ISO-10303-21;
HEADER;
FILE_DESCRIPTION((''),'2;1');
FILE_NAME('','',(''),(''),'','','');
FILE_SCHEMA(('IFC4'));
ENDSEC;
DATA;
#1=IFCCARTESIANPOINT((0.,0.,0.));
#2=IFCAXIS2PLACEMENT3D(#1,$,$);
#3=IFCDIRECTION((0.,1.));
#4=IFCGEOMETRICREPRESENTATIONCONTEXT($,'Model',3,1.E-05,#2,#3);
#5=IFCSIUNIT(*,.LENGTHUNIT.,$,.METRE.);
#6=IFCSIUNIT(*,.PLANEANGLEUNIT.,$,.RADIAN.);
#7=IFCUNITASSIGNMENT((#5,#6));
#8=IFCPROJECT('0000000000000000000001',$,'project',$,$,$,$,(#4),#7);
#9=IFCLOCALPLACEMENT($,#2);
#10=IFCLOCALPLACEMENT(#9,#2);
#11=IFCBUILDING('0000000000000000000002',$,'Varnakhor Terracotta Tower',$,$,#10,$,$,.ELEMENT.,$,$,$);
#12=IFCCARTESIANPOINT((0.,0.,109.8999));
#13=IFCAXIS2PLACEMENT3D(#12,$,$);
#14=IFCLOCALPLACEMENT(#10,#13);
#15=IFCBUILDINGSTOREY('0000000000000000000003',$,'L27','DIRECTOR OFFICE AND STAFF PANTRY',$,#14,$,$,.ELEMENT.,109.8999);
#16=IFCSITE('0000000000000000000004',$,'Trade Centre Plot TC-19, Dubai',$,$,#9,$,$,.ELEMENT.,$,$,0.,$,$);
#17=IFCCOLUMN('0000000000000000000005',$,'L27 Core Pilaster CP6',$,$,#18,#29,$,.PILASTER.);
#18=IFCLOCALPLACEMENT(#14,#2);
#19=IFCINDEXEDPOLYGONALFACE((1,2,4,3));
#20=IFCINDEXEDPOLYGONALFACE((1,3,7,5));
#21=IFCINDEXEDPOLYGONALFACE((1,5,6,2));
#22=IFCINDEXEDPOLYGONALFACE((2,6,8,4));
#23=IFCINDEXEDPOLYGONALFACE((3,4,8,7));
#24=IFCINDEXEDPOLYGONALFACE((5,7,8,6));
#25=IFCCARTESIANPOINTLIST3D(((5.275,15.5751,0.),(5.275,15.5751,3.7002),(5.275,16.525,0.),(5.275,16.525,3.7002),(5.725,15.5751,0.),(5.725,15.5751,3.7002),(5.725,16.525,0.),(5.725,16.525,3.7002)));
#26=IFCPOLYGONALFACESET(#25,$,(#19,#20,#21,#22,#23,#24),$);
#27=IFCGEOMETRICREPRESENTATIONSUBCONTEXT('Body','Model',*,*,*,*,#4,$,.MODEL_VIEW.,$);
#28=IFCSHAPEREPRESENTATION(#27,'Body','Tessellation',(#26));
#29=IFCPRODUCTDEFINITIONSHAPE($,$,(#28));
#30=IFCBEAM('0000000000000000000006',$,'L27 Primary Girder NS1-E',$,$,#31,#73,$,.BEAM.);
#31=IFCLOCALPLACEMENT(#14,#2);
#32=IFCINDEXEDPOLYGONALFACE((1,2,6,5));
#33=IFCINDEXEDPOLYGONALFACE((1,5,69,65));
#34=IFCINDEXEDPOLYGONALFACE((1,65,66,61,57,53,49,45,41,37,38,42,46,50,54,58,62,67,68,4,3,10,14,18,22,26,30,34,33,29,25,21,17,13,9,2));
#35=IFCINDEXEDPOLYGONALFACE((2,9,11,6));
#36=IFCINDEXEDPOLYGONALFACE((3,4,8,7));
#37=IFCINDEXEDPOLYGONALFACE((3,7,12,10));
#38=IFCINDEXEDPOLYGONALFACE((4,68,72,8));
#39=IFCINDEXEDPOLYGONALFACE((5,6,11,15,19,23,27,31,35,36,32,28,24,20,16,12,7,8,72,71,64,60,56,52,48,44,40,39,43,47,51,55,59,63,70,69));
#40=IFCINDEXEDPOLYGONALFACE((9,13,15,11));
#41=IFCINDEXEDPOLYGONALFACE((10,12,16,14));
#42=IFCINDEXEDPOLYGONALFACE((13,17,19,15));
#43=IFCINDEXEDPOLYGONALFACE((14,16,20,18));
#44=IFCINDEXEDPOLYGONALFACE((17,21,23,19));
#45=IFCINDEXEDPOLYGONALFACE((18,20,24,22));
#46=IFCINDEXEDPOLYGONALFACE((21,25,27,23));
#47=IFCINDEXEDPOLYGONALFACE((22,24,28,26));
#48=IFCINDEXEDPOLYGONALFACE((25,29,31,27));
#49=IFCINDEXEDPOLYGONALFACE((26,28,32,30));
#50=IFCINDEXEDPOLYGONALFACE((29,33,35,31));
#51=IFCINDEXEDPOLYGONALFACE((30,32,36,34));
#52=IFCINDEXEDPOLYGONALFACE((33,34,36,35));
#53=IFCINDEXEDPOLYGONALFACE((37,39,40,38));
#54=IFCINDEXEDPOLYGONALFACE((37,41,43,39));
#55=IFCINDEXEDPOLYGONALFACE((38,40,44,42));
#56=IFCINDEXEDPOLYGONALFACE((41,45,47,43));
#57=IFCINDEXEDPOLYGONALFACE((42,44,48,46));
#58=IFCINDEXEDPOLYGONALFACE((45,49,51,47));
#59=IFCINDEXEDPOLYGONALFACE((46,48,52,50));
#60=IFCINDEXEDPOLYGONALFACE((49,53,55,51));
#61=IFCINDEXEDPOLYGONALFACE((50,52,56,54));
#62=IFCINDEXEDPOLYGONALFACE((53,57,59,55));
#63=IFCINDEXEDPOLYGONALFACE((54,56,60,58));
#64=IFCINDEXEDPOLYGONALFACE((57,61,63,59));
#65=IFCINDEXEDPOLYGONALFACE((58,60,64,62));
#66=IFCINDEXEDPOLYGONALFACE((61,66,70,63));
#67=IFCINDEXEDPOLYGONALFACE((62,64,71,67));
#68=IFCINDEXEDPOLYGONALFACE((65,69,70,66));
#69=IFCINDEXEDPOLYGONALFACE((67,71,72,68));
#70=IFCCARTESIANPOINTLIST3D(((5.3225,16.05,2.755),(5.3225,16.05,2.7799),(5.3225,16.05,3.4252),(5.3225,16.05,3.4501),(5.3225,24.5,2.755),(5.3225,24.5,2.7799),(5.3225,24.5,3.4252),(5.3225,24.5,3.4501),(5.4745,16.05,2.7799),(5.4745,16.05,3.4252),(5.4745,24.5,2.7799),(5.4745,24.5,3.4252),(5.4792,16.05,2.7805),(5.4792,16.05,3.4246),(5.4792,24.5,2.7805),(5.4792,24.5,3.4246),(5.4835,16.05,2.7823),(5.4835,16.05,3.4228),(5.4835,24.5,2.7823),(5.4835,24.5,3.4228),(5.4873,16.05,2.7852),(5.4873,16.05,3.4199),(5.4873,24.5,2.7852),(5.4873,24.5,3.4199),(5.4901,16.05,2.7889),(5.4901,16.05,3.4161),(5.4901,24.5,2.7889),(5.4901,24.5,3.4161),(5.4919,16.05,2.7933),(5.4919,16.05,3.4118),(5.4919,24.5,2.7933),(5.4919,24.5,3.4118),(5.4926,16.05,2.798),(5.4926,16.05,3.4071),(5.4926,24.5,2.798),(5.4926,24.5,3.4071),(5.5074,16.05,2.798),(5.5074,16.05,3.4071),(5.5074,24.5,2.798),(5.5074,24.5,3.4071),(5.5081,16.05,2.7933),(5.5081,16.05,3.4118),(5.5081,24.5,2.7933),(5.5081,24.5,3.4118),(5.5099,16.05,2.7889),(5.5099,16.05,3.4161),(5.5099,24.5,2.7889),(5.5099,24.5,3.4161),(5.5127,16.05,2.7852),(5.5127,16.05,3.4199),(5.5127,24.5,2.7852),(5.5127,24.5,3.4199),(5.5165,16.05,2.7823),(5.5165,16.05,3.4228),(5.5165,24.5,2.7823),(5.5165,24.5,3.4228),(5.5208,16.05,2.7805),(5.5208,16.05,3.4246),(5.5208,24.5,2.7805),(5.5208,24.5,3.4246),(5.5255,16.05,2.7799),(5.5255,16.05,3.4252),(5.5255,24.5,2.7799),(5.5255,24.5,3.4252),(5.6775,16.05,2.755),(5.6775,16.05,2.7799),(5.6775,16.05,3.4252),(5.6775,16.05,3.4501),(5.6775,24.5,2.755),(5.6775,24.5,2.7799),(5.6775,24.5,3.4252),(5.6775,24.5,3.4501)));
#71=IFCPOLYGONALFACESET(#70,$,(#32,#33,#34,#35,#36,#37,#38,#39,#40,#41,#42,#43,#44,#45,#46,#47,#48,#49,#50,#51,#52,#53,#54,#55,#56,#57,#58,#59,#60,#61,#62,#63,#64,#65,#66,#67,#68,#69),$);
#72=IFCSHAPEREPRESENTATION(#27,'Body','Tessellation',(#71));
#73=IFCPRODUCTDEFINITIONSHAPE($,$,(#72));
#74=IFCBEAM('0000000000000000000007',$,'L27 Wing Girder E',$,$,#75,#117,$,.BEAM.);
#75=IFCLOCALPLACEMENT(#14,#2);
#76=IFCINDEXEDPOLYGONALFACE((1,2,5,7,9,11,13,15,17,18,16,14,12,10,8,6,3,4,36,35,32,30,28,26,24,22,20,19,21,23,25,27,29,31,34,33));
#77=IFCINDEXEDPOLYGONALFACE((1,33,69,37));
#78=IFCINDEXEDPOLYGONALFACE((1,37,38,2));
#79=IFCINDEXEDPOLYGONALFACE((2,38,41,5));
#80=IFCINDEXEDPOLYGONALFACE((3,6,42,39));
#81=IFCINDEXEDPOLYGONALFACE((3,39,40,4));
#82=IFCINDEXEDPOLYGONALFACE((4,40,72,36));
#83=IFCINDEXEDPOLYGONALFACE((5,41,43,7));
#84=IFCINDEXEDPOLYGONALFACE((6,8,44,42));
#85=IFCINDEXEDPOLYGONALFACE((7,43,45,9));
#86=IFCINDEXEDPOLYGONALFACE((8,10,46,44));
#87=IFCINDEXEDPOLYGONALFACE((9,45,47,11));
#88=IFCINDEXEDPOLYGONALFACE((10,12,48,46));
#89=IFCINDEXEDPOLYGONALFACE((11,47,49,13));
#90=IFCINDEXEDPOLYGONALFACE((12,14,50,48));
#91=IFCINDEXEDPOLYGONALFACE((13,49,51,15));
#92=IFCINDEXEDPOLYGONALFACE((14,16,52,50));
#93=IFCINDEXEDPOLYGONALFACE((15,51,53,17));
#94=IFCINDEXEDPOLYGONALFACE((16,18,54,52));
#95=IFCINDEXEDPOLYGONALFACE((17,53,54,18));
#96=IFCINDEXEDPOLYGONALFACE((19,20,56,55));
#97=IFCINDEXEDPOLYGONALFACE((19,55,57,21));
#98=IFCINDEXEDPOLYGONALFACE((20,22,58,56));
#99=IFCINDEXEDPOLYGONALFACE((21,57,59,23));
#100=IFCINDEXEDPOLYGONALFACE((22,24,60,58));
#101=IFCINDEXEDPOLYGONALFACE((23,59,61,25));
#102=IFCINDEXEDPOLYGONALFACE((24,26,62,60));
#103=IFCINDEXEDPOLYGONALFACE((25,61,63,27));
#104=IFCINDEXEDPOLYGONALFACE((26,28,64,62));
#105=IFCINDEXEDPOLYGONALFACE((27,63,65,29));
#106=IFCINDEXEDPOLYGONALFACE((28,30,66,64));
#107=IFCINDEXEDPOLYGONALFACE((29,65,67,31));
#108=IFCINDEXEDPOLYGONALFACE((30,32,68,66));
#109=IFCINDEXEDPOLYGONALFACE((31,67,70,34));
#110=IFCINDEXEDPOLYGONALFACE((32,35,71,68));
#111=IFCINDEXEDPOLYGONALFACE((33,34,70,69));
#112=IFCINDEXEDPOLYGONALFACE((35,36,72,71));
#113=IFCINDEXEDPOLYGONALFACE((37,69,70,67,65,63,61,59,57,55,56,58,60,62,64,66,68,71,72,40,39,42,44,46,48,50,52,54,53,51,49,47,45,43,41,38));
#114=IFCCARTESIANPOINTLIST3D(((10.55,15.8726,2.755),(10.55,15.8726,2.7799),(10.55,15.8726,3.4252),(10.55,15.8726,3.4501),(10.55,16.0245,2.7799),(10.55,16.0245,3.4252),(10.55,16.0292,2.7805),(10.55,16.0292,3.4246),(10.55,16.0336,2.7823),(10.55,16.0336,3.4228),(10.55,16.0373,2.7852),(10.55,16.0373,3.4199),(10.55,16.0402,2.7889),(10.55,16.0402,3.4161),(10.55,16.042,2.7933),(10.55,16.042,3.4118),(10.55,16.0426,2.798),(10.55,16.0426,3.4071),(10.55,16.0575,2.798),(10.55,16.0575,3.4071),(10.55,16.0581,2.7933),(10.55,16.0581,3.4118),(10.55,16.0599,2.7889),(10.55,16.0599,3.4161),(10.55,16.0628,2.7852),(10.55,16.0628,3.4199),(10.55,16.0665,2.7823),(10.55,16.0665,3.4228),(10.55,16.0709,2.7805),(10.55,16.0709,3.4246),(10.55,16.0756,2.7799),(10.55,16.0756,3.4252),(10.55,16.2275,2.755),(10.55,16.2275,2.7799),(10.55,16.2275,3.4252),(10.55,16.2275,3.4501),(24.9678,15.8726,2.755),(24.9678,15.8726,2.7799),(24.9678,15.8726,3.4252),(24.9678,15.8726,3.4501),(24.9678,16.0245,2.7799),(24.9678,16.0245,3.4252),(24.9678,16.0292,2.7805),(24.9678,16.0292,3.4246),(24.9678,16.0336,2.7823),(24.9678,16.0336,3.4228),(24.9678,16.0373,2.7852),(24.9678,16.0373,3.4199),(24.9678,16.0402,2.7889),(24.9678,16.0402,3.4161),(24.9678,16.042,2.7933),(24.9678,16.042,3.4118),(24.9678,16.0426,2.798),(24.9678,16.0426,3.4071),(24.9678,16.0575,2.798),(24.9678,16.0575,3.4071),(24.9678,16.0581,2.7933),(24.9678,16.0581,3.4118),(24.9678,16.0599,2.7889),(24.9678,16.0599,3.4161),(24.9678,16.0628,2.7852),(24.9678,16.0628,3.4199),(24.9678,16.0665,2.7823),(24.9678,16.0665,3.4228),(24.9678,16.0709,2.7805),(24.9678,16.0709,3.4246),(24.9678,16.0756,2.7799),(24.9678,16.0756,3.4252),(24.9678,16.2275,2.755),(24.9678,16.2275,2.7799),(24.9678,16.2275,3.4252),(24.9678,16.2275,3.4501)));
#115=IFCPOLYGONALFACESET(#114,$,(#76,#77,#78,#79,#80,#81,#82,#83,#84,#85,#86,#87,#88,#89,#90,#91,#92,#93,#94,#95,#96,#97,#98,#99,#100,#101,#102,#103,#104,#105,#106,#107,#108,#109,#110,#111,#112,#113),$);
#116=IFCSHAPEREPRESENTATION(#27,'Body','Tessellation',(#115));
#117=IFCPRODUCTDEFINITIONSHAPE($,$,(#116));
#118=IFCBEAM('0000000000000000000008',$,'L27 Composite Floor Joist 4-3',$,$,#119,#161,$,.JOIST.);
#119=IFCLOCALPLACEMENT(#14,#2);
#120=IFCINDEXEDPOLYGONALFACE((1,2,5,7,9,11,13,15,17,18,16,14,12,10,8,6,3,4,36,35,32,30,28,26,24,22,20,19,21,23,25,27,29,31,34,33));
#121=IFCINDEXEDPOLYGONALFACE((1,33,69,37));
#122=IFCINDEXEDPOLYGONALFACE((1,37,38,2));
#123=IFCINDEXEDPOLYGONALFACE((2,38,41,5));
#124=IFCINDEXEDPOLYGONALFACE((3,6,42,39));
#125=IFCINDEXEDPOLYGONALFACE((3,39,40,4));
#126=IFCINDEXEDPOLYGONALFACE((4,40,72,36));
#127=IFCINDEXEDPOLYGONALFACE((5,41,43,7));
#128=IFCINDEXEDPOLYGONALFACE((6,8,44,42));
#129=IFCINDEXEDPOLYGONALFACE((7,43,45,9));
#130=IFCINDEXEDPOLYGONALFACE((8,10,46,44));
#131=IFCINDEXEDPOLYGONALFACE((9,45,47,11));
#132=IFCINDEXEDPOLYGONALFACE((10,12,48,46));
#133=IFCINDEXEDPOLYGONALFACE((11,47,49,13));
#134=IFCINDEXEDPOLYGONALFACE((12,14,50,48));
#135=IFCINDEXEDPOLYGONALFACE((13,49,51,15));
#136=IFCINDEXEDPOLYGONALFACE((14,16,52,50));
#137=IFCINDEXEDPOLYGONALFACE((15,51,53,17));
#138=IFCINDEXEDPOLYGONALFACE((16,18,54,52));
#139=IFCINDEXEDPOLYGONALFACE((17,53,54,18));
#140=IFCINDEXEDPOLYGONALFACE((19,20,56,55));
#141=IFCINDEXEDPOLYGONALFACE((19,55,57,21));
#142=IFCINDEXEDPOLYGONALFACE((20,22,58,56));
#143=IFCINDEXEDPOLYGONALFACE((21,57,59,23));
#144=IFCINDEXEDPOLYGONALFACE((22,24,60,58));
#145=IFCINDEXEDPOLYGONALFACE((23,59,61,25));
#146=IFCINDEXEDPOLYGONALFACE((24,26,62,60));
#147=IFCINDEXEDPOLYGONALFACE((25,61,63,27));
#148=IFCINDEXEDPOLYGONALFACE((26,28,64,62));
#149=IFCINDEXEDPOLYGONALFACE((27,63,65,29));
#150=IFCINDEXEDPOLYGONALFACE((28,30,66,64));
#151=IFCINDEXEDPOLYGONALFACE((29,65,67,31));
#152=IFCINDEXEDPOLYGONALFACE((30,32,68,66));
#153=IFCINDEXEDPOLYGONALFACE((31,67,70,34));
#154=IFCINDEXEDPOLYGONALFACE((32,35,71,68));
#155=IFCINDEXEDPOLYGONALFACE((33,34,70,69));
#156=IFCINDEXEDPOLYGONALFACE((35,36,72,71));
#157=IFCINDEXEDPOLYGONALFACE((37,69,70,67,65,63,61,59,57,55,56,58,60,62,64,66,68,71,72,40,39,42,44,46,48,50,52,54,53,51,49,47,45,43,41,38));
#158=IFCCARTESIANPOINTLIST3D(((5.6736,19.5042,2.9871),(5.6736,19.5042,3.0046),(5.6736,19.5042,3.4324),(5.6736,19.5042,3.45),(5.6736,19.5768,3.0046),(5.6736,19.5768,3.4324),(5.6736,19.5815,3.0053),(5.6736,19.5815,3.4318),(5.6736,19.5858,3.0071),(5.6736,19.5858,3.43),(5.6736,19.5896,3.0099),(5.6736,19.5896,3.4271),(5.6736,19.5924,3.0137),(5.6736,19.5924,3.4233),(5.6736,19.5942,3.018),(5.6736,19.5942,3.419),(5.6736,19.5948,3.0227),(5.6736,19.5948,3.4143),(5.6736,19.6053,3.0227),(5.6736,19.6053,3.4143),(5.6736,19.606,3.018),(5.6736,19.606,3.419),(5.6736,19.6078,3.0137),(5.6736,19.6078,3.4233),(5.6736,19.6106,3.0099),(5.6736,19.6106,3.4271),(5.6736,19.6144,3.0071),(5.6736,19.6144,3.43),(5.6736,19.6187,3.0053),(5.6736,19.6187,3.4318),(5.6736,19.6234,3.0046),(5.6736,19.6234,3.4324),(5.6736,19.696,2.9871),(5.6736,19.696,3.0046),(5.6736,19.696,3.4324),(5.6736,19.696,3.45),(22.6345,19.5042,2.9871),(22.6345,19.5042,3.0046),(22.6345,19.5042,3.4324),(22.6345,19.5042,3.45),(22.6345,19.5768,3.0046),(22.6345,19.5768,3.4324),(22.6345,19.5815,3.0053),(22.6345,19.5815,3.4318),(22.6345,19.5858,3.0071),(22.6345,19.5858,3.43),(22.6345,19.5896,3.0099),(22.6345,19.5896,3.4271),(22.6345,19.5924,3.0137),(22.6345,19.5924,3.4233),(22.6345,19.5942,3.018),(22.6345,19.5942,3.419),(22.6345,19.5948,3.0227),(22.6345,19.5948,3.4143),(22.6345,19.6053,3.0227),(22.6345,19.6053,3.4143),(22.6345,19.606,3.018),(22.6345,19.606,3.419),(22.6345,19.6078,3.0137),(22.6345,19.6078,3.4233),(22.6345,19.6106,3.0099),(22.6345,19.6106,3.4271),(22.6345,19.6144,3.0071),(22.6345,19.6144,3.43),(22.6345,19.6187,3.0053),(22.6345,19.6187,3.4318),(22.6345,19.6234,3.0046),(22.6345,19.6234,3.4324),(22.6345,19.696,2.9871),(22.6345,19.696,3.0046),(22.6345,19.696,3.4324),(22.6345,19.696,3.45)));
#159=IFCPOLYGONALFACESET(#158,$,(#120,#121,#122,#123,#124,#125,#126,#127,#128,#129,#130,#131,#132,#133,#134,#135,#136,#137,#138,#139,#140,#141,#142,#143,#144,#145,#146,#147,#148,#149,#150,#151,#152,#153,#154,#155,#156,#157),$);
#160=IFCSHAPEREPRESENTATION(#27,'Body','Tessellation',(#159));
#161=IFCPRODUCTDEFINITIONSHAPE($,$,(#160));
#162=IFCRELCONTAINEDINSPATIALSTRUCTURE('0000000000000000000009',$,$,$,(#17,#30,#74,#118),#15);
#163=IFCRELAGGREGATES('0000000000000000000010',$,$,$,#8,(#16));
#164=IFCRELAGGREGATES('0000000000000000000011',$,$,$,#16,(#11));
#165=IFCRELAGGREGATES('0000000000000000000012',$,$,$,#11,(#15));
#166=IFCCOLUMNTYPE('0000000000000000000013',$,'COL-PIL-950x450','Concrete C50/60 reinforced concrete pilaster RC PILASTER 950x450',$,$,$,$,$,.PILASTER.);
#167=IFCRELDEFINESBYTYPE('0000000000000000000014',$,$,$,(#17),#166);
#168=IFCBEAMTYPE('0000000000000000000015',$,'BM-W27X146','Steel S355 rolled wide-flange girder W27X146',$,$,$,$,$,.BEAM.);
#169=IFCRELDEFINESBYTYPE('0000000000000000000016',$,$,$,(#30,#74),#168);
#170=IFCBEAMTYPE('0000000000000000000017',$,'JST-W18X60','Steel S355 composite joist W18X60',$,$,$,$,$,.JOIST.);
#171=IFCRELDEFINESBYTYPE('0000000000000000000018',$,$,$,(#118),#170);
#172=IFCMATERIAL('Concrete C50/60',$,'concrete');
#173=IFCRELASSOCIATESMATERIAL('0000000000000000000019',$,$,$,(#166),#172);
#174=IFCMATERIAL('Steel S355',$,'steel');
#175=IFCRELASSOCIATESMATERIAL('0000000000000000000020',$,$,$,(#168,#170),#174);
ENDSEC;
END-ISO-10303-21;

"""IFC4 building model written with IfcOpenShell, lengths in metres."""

from ifc_helpers import new_model, si_unit, direction, frame, origin, origin_2d, place, context, subcontext, project, spatial, rectangle, i_section, extrude, source, transform, mapped, material, material_profile, profile_set, type_object, type_shapes, element, save


model = new_model("IFC4")

# Units and contexts
model_context = context("Model", 3, precision=1e-05, world=origin(), true_north=direction((0.0, 1.0)))
body_context = subcontext(model_context, "Body", "Model", "MODEL_VIEW")
ifc_project = project(units=[si_unit("LENGTHUNIT", "METRE"), si_unit("PLANEANGLEUNIT", "RADIAN")], contexts=[model_context])

# Site, building, storey
site_placement = place(None, origin())
site = spatial("IfcSite", under=ifc_project, at=site_placement, Name="Trade Centre Plot TC-19, Dubai", CompositionType="ELEMENT", RefElevation=0.0)
building_placement = place(site_placement, origin())
building = spatial("IfcBuilding", under=site, at=building_placement, Name="Varnakhor Terracotta Tower", CompositionType="ELEMENT")
storey_placement = place(building_placement, frame((0.0, 0.0, 109.8999)))
storey = spatial("IfcBuildingStorey", under=building, at=storey_placement, Name="L27", Description="DIRECTOR OFFICE AND STAFF PANTRY", CompositionType="ELEMENT", Elevation=109.8999)

# Column
ifc_material_1 = material(Name="Concrete C50/60", Category="concrete")
ifc_material_profile_1 = material_profile(ifc_material_1, rectangle(XDim=0.45, YDim=0.95, at=origin_2d()), Name="RC PILASTER 950x450")
ifc_profile_set_1 = profile_set([ifc_material_profile_1], Name="Concrete C50/60")
column_type = type_object("IfcColumnType", Name="COL-PIL-950x450", Description="Concrete C50/60 reinforced concrete pilaster RC PILASTER 950x450", PredefinedType="PILASTER", material=ifc_profile_set_1)
shared_shape_1 = source(origin(), body_context, "Body", "SweptSolid", [
    extrude(rectangle(XDim=0.45, YDim=0.95, at=origin_2d()), origin(), (0.0, 0.0, 1.0), 3.7002),
])
column_placement = place(storey_placement, frame((5.5, 16.05, 0.0), z_axis=(0.0, 0.0, 1.0), x_axis=(1.0, 0.0, 0.0)))
element("IfcColumn", 1, at=column_placement, inside=storey, type_object=column_type, Name="L27 Core Pilaster CP6", PredefinedType="PILASTER", context=body_context, shape_type="MappedRepresentation", body=[
    mapped(shared_shape_1, transform((0.0, 0.0, 0.0), scale=1.0)),
])

# Beams
ifc_material_2 = material(Name="Steel S355", Category="steel")
ifc_material_profile_2 = material_profile(ifc_material_2, i_section(OverallWidth=0.355, OverallDepth=0.6951, WebThickness=0.0149, FlangeThickness=0.0249, FilletRadius=0.0181, at=origin_2d()), Name="W27X146")
ifc_profile_set_2 = profile_set([ifc_material_profile_2], Name="Steel S355")
beam_type_1 = type_object("IfcBeamType", Name="BM-W27X146", Description="Steel S355 rolled wide-flange girder W27X146", PredefinedType="BEAM", material=ifc_profile_set_2)
shared_shape_2 = source(origin(), body_context, "Body", "SweptSolid", [
    extrude(i_section(OverallWidth=0.355, OverallDepth=0.6951, WebThickness=0.0149, FlangeThickness=0.0249, FilletRadius=0.0181, at=origin_2d()), origin(), (0.0, 0.0, 1.0), 8.45),
])
type_shapes(beam_type_1, [shared_shape_2])
beam_1_placement = place(storey_placement, frame((5.5, 16.05, 3.1025), z_axis=(0.0, 1.0, 0.0), x_axis=(-1.0, 0.0, 0.0)))
element("IfcBeam", 2, at=beam_1_placement, inside=storey, type_object=beam_type_1, Name="L27 Primary Girder NS1-E", PredefinedType="BEAM", context=body_context, shape_type="MappedRepresentation", body=[
    mapped(shared_shape_2, transform((0.0, 0.0, 0.0), scale=1.0)),
])
shared_shape_3 = source(origin(), body_context, "Body", "SweptSolid", [
    extrude(i_section(OverallWidth=0.355, OverallDepth=0.6951, WebThickness=0.0149, FlangeThickness=0.0249, FilletRadius=0.0181, at=origin_2d()), origin(), (0.0, 0.0, 1.0), 14.4177),
])
beam_2_placement = place(storey_placement, frame((10.55, 16.05, 3.1025), z_axis=(1.0, 0.0, 0.0), x_axis=(0.0, 1.0, 0.0)))
element("IfcBeam", 3, at=beam_2_placement, inside=storey, type_object=beam_type_1, Name="L27 Wing Girder E", PredefinedType="BEAM", context=body_context, shape_type="MappedRepresentation", body=[
    mapped(shared_shape_3, transform((0.0, 0.0, 0.0), scale=1.0)),
])
ifc_material_profile_3 = material_profile(ifc_material_2, i_section(OverallWidth=0.1919, OverallDepth=0.4629, WebThickness=0.0105, FlangeThickness=0.0176, FilletRadius=0.0181, at=origin_2d()), Name="W18X60")
ifc_profile_set_3 = profile_set([ifc_material_profile_3], Name="Steel S355")
beam_type_2 = type_object("IfcBeamType", Name="JST-W18X60", Description="Steel S355 composite joist W18X60", PredefinedType="JOIST", material=ifc_profile_set_3)
shared_shape_4 = source(origin(), body_context, "Body", "SweptSolid", [
    extrude(i_section(OverallWidth=0.1919, OverallDepth=0.4629, WebThickness=0.0105, FlangeThickness=0.0176, FilletRadius=0.0181, at=origin_2d()), origin(), (0.0, 0.0, 1.0), 16.9609),
])
beam_3_placement = place(storey_placement, frame((5.6736, 19.6001, 3.2185), z_axis=(1.0, 0.0, 0.0), x_axis=(0.0, 1.0, 0.0)))
element("IfcBeam", 4, at=beam_3_placement, inside=storey, type_object=beam_type_2, Name="L27 Composite Floor Joist 4-3", PredefinedType="JOIST", context=body_context, shape_type="MappedRepresentation", body=[
    mapped(shared_shape_4, transform((0.0, 0.0, 0.0), scale=1.0)),
])

save(model, "model.ifc")
